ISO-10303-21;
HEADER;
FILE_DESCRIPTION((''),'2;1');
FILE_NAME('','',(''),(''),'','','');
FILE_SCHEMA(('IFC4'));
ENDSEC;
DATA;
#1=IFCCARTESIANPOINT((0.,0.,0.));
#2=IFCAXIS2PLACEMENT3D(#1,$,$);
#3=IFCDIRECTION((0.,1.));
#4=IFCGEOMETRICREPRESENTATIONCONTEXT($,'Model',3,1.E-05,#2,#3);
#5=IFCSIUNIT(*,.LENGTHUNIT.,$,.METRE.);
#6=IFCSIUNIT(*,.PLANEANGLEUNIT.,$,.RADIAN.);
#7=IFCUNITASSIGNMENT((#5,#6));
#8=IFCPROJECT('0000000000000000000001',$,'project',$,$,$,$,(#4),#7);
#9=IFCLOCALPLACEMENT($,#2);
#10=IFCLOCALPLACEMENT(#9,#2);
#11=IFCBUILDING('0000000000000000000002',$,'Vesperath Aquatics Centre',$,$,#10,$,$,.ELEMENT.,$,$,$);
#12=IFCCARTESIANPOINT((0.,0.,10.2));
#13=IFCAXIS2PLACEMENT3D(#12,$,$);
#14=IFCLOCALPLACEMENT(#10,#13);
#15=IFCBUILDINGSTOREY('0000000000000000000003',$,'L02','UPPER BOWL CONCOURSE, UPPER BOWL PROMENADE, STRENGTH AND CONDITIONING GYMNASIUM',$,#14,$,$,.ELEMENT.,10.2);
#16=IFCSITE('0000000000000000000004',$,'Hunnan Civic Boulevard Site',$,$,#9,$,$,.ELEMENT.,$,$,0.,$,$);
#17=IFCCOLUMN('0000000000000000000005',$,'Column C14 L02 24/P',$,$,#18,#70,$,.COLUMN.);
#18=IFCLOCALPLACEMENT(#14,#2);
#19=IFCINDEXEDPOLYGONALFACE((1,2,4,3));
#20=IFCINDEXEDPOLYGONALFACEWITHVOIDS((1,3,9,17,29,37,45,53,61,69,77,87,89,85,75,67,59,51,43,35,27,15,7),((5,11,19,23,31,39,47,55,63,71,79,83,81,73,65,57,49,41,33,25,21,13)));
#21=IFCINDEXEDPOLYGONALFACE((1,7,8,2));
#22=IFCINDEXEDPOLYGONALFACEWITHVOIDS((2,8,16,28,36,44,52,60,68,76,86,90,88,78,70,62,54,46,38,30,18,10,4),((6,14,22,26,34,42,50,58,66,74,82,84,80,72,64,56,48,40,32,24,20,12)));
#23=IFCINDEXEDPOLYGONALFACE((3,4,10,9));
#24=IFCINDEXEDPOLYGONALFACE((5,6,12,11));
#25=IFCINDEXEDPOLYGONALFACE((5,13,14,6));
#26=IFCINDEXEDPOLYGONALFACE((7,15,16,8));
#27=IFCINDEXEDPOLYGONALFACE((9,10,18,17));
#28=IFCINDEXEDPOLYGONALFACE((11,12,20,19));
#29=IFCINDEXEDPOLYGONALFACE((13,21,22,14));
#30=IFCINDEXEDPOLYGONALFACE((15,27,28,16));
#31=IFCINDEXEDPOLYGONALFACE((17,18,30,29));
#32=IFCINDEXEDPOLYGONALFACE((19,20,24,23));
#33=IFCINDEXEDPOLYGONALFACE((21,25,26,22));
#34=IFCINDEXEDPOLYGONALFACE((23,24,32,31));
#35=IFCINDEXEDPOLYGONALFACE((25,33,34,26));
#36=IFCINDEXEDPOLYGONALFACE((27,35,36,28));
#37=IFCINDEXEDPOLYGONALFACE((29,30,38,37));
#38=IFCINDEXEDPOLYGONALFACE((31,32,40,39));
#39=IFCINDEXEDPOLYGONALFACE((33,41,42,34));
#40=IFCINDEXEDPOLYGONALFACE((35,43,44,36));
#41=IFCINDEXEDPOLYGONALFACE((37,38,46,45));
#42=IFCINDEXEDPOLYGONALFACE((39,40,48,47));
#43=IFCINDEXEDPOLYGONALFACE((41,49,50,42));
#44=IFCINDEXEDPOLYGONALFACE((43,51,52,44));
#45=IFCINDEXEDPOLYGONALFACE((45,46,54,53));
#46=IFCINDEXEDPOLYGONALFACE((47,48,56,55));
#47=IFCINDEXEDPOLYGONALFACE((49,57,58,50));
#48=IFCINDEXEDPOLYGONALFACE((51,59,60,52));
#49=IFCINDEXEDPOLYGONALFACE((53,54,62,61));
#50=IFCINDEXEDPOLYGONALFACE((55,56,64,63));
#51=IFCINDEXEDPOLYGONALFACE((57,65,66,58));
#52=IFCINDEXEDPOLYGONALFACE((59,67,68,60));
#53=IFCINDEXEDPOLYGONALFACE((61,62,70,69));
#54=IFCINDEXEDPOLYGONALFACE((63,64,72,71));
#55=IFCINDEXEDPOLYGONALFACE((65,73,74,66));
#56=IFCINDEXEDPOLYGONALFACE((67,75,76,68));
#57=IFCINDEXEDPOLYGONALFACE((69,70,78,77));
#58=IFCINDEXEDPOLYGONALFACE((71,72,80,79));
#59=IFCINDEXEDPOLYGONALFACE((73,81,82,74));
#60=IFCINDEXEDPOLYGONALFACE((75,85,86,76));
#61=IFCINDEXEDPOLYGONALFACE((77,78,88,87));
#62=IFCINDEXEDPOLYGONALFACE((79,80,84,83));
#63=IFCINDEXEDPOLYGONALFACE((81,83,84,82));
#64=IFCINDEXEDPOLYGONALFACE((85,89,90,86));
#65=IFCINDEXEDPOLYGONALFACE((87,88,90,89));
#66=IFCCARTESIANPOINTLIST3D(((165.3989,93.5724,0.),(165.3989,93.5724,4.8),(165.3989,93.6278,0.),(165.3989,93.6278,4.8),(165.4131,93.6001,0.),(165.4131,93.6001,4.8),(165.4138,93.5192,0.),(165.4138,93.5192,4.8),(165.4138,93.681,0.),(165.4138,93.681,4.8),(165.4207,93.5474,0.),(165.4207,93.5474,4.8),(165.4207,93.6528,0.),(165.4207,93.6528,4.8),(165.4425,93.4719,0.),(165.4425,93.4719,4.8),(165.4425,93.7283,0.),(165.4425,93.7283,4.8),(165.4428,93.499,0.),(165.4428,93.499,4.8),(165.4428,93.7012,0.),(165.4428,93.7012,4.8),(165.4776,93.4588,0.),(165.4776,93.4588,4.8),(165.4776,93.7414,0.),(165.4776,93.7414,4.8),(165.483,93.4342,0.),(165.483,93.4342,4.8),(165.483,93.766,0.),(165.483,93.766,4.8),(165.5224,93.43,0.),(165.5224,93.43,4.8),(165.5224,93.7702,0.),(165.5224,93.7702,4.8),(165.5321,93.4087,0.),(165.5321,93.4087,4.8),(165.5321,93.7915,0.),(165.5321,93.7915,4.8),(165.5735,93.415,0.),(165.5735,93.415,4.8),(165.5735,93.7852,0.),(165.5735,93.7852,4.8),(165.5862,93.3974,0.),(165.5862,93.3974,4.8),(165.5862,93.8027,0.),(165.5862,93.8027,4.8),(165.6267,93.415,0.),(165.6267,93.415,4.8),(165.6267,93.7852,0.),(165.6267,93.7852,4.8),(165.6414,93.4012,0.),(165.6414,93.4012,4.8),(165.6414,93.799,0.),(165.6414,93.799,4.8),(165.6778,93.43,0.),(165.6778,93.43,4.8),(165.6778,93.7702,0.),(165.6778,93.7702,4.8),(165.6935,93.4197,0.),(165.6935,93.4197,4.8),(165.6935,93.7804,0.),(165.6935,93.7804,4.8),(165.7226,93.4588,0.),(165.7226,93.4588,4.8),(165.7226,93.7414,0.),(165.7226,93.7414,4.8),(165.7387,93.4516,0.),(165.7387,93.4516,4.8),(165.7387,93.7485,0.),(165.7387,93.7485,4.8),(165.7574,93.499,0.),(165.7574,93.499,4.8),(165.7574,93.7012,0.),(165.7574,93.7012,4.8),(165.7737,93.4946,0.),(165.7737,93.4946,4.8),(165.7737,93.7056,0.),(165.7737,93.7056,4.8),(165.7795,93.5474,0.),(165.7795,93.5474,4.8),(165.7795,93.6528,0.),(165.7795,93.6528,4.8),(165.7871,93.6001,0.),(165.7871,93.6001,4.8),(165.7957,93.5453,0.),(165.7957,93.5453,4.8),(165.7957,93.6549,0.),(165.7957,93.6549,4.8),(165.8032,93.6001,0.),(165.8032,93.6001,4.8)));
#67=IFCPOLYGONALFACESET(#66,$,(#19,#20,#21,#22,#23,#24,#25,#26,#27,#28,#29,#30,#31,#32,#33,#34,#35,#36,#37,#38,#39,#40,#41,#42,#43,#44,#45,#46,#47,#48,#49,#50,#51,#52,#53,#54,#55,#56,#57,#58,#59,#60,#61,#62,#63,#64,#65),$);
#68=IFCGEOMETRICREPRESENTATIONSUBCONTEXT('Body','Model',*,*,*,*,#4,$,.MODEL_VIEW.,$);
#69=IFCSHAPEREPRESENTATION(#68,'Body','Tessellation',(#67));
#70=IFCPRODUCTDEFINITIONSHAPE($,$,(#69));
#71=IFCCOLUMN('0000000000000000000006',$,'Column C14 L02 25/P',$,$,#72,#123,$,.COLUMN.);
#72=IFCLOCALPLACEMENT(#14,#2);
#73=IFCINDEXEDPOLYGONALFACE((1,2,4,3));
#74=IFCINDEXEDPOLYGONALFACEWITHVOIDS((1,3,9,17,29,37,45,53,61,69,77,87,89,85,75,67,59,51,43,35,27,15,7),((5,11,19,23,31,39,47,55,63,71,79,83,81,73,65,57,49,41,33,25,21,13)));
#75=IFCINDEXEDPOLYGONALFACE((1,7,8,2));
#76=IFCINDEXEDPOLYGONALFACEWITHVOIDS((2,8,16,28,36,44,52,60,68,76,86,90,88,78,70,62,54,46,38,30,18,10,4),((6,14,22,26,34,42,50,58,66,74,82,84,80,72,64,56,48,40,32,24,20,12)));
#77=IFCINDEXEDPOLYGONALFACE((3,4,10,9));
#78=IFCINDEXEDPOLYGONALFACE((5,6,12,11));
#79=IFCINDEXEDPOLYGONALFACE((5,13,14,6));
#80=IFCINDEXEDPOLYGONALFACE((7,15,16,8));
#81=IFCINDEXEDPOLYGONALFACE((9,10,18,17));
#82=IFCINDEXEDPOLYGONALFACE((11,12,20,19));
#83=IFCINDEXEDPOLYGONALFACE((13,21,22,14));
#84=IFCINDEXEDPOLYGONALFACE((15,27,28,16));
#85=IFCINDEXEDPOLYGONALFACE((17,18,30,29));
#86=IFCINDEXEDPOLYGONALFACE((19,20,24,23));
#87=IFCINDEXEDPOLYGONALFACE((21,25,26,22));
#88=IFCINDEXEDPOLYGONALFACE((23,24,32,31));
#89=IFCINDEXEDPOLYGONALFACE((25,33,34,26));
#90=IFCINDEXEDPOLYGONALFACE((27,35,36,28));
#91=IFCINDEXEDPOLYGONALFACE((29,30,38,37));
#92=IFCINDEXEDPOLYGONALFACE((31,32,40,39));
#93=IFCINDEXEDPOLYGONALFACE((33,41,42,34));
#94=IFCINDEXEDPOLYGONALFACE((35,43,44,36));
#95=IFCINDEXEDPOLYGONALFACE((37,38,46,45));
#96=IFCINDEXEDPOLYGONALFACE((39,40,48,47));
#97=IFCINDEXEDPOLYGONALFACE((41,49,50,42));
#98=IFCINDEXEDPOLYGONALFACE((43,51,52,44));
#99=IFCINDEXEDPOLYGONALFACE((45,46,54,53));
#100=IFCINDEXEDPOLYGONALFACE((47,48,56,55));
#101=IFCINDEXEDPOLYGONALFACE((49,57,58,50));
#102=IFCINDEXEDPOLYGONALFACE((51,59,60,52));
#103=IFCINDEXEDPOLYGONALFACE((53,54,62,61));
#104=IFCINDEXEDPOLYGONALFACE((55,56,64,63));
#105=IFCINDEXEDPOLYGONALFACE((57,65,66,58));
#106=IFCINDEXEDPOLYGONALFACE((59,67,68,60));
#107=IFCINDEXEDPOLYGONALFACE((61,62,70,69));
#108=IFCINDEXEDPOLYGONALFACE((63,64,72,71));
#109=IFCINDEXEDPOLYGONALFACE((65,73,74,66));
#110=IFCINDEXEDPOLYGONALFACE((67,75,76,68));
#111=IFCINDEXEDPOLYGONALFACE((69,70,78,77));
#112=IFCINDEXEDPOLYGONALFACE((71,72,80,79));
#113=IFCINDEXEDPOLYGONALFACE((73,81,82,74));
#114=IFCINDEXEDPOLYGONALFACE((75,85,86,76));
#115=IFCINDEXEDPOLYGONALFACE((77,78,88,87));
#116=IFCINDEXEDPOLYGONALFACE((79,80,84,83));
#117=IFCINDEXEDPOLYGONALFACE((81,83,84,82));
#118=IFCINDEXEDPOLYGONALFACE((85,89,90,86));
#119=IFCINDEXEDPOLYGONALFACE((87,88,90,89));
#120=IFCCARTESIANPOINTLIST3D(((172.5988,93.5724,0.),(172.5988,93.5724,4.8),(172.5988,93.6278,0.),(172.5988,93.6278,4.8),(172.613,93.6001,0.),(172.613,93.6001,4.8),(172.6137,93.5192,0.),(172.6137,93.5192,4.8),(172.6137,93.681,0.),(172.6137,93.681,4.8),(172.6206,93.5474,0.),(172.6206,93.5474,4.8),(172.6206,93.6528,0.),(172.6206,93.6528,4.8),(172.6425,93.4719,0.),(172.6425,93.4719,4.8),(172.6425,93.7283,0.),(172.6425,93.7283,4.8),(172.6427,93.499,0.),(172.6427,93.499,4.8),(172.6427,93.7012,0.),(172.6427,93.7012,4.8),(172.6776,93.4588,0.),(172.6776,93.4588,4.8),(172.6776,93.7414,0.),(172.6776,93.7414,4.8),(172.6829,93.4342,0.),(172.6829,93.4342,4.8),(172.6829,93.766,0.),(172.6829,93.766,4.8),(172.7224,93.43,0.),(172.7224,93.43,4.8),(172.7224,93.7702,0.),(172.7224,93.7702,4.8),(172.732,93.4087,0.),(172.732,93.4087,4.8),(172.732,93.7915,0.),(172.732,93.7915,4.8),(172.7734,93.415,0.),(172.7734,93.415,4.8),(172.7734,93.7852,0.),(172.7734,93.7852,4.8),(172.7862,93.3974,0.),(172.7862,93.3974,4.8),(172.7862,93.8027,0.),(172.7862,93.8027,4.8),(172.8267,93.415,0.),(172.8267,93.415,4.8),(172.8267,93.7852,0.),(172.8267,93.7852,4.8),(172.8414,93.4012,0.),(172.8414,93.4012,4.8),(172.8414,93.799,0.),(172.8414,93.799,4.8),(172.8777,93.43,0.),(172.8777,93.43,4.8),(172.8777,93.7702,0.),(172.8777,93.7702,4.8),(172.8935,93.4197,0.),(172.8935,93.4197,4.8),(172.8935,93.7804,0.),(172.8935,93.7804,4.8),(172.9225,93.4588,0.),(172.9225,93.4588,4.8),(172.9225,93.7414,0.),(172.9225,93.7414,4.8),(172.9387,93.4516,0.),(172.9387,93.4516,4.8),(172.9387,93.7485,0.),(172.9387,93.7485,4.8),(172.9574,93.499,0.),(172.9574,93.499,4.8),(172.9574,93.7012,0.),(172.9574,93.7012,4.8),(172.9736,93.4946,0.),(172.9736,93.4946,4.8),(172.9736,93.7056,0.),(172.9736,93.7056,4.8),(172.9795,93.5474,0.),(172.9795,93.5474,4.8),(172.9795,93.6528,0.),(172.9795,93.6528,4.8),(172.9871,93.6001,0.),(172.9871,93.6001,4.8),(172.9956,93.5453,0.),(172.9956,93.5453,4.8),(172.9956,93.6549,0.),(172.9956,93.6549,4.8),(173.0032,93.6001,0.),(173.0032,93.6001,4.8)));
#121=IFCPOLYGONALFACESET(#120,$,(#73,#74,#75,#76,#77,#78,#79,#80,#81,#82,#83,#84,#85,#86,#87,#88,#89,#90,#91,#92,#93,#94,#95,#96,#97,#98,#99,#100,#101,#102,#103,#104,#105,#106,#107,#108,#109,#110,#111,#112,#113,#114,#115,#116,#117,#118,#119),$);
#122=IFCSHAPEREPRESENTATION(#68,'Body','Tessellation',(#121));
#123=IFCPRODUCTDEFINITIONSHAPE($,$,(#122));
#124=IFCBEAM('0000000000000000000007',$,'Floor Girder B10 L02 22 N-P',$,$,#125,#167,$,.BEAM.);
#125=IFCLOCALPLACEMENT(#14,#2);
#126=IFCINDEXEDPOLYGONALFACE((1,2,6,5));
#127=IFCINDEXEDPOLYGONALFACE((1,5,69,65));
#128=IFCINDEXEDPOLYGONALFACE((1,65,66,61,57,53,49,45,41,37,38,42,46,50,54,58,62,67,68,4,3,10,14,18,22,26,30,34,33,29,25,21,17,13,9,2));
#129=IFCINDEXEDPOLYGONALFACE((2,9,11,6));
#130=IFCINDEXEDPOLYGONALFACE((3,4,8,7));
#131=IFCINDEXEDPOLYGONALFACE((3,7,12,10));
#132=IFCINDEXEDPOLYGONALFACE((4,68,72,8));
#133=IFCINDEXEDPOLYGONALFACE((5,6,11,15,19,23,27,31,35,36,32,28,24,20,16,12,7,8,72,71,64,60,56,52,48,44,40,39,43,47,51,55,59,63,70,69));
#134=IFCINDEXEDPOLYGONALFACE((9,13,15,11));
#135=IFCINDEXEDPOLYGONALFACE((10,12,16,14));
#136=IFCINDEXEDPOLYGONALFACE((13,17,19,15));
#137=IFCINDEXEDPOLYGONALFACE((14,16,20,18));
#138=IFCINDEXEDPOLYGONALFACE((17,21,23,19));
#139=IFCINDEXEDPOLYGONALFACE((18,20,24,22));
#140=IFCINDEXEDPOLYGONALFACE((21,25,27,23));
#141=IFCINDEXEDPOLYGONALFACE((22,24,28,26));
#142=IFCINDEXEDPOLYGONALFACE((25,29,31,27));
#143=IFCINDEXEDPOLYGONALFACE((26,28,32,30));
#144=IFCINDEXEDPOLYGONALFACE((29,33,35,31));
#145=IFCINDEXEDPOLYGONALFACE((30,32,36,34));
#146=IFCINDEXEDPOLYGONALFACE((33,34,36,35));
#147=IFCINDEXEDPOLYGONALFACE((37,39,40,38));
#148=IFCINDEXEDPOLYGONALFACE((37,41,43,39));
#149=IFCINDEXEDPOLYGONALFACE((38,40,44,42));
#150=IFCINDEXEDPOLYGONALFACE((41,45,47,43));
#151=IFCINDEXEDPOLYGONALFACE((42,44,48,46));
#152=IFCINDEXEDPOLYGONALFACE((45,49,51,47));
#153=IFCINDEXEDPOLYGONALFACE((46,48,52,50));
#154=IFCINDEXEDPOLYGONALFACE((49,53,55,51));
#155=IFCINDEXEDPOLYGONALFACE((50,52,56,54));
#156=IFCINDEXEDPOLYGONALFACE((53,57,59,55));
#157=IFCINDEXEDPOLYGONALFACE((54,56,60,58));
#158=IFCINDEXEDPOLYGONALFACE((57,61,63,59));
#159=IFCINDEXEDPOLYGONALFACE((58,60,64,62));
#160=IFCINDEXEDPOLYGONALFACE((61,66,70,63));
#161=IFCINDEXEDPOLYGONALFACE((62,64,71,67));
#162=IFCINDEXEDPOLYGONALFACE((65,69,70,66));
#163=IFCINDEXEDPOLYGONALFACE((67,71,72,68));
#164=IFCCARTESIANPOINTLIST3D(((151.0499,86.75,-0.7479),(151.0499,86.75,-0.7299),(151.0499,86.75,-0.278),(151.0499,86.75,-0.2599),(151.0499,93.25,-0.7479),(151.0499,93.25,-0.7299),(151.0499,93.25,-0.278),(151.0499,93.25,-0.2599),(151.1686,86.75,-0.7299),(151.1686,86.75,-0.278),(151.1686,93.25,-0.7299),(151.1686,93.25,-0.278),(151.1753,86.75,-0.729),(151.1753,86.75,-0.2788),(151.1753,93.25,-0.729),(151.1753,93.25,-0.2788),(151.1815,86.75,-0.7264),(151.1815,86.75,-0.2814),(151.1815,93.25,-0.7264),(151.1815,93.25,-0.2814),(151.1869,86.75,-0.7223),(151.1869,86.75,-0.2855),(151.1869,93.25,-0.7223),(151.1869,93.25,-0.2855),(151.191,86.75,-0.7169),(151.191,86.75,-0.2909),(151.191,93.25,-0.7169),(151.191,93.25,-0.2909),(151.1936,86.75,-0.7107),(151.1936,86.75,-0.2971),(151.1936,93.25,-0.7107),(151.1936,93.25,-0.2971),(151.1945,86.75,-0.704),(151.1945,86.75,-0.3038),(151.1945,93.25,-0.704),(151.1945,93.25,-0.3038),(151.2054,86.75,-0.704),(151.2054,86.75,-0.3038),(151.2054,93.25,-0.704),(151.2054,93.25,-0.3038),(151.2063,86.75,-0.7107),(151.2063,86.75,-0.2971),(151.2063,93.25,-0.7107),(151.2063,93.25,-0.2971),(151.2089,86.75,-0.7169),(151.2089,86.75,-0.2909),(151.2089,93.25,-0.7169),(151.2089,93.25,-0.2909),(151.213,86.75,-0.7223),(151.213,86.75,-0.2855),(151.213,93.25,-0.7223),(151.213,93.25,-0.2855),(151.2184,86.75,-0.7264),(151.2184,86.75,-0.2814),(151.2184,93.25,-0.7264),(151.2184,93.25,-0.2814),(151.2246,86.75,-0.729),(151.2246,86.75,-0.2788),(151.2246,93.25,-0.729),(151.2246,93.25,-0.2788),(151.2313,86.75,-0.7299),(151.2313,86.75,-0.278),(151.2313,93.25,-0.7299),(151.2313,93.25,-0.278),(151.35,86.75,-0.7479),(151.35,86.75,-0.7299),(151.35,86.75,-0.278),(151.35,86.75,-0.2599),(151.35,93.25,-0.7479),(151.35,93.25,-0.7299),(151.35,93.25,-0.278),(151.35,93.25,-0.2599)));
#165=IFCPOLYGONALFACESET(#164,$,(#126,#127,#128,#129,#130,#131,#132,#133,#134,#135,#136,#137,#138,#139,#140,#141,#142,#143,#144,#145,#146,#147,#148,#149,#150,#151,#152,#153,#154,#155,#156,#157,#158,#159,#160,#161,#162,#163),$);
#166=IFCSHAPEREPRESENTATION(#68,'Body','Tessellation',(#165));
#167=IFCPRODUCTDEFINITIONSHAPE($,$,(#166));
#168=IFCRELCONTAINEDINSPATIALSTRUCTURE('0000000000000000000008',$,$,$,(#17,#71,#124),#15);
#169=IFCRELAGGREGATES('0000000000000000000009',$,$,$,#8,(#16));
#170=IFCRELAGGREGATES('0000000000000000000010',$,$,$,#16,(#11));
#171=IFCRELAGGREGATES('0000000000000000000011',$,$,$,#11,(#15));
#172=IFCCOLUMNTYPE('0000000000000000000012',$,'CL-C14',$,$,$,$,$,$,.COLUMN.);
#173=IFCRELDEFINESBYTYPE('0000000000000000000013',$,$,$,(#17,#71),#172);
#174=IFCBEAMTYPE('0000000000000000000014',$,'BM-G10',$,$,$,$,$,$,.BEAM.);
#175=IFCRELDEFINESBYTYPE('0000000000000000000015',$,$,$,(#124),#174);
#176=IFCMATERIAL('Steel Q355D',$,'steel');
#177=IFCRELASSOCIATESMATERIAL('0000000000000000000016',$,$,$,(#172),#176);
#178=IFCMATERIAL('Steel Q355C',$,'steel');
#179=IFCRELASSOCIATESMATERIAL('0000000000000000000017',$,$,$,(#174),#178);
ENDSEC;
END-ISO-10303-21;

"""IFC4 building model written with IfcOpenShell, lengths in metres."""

from ifc_helpers import new_model, si_unit, direction, frame, origin, origin_2d, place, context, subcontext, project, spatial, hollow_circle, i_section, extrude, material, material_profile, profile_set, type_object, element, save


model = new_model("IFC4")

# Units and contexts
model_context = context("Model", 3, precision=1e-05, world=origin(), true_north=direction((0.0, 1.0)))
body_context = subcontext(model_context, "Body", "Model", "MODEL_VIEW")
ifc_project = project(units=[si_unit("LENGTHUNIT", "METRE"), si_unit("PLANEANGLEUNIT", "RADIAN")], contexts=[model_context])

# Site, building, storey
site_placement = place(None, origin())
site = spatial("IfcSite", under=ifc_project, at=site_placement, Name="Hunnan Civic Boulevard Site", CompositionType="ELEMENT", RefElevation=0.0)
building_placement = place(site_placement, origin())
building = spatial("IfcBuilding", under=site, at=building_placement, Name="Vesperath Aquatics Centre", CompositionType="ELEMENT")
storey_placement = place(building_placement, frame((0.0, 0.0, 10.2)))
storey = spatial("IfcBuildingStorey", under=building, at=storey_placement, Name="L02", Description="UPPER BOWL CONCOURSE, UPPER BOWL PROMENADE, STRENGTH AND CONDITIONING GYMNASIUM", CompositionType="ELEMENT", Elevation=10.2)

# Columns
ifc_material_1 = material(Name="Steel Q355D", Category="steel")
ifc_material_profile_1 = material_profile(ifc_material_1, hollow_circle(Radius=0.2031, WallThickness=0.0161, at=origin_2d()), Name="CHS 406.4x16")
ifc_profile_set_1 = profile_set([ifc_material_profile_1], Name="Steel Q355D")
column_type = type_object("IfcColumnType", Name="CL-C14", PredefinedType="COLUMN", material=ifc_profile_set_1)
for number, where, z_axis, x_axis, name in (
    (1, (165.6001, 93.6001, 0.0), (0.0, 0.0, 1.0), (1.0, 0.0, 0.0), "Column C14 L02 24/P"),
    (2, (172.8, 93.6001, 0.0), (0.0, 0.0, 1.0), (1.0, 0.0, 0.0), "Column C14 L02 25/P"),
):
    element("IfcColumn", number, at=place(storey_placement, frame(where, z_axis=z_axis, x_axis=x_axis)), inside=storey, type_object=column_type, Name=name, PredefinedType="COLUMN", context=body_context, shape_type="SweptSolid", body=[
        extrude(hollow_circle(Radius=0.2031, WallThickness=0.0161, at=origin_2d()), origin(), (0.0, 0.0, 1.0), 4.8),
    ])

# Beam
ifc_material_2 = material(Name="Steel Q355C", Category="steel")
ifc_material_profile_2 = material_profile(ifc_material_2, i_section(OverallWidth=0.3, OverallDepth=0.488, WebThickness=0.011, FlangeThickness=0.0181, FilletRadius=0.0259, at=origin_2d()), Name="HM 488x300x11x18")
ifc_profile_set_2 = profile_set([ifc_material_profile_2], Name="Steel Q355C")
beam_type_1 = type_object("IfcBeamType", Name="BM-G10", PredefinedType="BEAM", material=ifc_profile_set_2)
for number, where, z_axis, x_axis, name in (
    (3, (151.2, 86.75, -0.5039), (0.0, 1.0, 0.0), (-1.0, 0.0, 0.0), "Floor Girder B10 L02 22 N-P"),
):
    element("IfcBeam", number, at=place(storey_placement, frame(where, z_axis=z_axis, x_axis=x_axis)), inside=storey, type_object=beam_type_1, Name=name, PredefinedType="BEAM", context=body_context, shape_type="SweptSolid", body=[
        extrude(i_section(OverallWidth=0.3, OverallDepth=0.488, WebThickness=0.011, FlangeThickness=0.0181, FilletRadius=0.0259, at=origin_2d()), origin(), (0.0, 0.0, 1.0), 6.5),
    ])

save(model, "model.ifc")
